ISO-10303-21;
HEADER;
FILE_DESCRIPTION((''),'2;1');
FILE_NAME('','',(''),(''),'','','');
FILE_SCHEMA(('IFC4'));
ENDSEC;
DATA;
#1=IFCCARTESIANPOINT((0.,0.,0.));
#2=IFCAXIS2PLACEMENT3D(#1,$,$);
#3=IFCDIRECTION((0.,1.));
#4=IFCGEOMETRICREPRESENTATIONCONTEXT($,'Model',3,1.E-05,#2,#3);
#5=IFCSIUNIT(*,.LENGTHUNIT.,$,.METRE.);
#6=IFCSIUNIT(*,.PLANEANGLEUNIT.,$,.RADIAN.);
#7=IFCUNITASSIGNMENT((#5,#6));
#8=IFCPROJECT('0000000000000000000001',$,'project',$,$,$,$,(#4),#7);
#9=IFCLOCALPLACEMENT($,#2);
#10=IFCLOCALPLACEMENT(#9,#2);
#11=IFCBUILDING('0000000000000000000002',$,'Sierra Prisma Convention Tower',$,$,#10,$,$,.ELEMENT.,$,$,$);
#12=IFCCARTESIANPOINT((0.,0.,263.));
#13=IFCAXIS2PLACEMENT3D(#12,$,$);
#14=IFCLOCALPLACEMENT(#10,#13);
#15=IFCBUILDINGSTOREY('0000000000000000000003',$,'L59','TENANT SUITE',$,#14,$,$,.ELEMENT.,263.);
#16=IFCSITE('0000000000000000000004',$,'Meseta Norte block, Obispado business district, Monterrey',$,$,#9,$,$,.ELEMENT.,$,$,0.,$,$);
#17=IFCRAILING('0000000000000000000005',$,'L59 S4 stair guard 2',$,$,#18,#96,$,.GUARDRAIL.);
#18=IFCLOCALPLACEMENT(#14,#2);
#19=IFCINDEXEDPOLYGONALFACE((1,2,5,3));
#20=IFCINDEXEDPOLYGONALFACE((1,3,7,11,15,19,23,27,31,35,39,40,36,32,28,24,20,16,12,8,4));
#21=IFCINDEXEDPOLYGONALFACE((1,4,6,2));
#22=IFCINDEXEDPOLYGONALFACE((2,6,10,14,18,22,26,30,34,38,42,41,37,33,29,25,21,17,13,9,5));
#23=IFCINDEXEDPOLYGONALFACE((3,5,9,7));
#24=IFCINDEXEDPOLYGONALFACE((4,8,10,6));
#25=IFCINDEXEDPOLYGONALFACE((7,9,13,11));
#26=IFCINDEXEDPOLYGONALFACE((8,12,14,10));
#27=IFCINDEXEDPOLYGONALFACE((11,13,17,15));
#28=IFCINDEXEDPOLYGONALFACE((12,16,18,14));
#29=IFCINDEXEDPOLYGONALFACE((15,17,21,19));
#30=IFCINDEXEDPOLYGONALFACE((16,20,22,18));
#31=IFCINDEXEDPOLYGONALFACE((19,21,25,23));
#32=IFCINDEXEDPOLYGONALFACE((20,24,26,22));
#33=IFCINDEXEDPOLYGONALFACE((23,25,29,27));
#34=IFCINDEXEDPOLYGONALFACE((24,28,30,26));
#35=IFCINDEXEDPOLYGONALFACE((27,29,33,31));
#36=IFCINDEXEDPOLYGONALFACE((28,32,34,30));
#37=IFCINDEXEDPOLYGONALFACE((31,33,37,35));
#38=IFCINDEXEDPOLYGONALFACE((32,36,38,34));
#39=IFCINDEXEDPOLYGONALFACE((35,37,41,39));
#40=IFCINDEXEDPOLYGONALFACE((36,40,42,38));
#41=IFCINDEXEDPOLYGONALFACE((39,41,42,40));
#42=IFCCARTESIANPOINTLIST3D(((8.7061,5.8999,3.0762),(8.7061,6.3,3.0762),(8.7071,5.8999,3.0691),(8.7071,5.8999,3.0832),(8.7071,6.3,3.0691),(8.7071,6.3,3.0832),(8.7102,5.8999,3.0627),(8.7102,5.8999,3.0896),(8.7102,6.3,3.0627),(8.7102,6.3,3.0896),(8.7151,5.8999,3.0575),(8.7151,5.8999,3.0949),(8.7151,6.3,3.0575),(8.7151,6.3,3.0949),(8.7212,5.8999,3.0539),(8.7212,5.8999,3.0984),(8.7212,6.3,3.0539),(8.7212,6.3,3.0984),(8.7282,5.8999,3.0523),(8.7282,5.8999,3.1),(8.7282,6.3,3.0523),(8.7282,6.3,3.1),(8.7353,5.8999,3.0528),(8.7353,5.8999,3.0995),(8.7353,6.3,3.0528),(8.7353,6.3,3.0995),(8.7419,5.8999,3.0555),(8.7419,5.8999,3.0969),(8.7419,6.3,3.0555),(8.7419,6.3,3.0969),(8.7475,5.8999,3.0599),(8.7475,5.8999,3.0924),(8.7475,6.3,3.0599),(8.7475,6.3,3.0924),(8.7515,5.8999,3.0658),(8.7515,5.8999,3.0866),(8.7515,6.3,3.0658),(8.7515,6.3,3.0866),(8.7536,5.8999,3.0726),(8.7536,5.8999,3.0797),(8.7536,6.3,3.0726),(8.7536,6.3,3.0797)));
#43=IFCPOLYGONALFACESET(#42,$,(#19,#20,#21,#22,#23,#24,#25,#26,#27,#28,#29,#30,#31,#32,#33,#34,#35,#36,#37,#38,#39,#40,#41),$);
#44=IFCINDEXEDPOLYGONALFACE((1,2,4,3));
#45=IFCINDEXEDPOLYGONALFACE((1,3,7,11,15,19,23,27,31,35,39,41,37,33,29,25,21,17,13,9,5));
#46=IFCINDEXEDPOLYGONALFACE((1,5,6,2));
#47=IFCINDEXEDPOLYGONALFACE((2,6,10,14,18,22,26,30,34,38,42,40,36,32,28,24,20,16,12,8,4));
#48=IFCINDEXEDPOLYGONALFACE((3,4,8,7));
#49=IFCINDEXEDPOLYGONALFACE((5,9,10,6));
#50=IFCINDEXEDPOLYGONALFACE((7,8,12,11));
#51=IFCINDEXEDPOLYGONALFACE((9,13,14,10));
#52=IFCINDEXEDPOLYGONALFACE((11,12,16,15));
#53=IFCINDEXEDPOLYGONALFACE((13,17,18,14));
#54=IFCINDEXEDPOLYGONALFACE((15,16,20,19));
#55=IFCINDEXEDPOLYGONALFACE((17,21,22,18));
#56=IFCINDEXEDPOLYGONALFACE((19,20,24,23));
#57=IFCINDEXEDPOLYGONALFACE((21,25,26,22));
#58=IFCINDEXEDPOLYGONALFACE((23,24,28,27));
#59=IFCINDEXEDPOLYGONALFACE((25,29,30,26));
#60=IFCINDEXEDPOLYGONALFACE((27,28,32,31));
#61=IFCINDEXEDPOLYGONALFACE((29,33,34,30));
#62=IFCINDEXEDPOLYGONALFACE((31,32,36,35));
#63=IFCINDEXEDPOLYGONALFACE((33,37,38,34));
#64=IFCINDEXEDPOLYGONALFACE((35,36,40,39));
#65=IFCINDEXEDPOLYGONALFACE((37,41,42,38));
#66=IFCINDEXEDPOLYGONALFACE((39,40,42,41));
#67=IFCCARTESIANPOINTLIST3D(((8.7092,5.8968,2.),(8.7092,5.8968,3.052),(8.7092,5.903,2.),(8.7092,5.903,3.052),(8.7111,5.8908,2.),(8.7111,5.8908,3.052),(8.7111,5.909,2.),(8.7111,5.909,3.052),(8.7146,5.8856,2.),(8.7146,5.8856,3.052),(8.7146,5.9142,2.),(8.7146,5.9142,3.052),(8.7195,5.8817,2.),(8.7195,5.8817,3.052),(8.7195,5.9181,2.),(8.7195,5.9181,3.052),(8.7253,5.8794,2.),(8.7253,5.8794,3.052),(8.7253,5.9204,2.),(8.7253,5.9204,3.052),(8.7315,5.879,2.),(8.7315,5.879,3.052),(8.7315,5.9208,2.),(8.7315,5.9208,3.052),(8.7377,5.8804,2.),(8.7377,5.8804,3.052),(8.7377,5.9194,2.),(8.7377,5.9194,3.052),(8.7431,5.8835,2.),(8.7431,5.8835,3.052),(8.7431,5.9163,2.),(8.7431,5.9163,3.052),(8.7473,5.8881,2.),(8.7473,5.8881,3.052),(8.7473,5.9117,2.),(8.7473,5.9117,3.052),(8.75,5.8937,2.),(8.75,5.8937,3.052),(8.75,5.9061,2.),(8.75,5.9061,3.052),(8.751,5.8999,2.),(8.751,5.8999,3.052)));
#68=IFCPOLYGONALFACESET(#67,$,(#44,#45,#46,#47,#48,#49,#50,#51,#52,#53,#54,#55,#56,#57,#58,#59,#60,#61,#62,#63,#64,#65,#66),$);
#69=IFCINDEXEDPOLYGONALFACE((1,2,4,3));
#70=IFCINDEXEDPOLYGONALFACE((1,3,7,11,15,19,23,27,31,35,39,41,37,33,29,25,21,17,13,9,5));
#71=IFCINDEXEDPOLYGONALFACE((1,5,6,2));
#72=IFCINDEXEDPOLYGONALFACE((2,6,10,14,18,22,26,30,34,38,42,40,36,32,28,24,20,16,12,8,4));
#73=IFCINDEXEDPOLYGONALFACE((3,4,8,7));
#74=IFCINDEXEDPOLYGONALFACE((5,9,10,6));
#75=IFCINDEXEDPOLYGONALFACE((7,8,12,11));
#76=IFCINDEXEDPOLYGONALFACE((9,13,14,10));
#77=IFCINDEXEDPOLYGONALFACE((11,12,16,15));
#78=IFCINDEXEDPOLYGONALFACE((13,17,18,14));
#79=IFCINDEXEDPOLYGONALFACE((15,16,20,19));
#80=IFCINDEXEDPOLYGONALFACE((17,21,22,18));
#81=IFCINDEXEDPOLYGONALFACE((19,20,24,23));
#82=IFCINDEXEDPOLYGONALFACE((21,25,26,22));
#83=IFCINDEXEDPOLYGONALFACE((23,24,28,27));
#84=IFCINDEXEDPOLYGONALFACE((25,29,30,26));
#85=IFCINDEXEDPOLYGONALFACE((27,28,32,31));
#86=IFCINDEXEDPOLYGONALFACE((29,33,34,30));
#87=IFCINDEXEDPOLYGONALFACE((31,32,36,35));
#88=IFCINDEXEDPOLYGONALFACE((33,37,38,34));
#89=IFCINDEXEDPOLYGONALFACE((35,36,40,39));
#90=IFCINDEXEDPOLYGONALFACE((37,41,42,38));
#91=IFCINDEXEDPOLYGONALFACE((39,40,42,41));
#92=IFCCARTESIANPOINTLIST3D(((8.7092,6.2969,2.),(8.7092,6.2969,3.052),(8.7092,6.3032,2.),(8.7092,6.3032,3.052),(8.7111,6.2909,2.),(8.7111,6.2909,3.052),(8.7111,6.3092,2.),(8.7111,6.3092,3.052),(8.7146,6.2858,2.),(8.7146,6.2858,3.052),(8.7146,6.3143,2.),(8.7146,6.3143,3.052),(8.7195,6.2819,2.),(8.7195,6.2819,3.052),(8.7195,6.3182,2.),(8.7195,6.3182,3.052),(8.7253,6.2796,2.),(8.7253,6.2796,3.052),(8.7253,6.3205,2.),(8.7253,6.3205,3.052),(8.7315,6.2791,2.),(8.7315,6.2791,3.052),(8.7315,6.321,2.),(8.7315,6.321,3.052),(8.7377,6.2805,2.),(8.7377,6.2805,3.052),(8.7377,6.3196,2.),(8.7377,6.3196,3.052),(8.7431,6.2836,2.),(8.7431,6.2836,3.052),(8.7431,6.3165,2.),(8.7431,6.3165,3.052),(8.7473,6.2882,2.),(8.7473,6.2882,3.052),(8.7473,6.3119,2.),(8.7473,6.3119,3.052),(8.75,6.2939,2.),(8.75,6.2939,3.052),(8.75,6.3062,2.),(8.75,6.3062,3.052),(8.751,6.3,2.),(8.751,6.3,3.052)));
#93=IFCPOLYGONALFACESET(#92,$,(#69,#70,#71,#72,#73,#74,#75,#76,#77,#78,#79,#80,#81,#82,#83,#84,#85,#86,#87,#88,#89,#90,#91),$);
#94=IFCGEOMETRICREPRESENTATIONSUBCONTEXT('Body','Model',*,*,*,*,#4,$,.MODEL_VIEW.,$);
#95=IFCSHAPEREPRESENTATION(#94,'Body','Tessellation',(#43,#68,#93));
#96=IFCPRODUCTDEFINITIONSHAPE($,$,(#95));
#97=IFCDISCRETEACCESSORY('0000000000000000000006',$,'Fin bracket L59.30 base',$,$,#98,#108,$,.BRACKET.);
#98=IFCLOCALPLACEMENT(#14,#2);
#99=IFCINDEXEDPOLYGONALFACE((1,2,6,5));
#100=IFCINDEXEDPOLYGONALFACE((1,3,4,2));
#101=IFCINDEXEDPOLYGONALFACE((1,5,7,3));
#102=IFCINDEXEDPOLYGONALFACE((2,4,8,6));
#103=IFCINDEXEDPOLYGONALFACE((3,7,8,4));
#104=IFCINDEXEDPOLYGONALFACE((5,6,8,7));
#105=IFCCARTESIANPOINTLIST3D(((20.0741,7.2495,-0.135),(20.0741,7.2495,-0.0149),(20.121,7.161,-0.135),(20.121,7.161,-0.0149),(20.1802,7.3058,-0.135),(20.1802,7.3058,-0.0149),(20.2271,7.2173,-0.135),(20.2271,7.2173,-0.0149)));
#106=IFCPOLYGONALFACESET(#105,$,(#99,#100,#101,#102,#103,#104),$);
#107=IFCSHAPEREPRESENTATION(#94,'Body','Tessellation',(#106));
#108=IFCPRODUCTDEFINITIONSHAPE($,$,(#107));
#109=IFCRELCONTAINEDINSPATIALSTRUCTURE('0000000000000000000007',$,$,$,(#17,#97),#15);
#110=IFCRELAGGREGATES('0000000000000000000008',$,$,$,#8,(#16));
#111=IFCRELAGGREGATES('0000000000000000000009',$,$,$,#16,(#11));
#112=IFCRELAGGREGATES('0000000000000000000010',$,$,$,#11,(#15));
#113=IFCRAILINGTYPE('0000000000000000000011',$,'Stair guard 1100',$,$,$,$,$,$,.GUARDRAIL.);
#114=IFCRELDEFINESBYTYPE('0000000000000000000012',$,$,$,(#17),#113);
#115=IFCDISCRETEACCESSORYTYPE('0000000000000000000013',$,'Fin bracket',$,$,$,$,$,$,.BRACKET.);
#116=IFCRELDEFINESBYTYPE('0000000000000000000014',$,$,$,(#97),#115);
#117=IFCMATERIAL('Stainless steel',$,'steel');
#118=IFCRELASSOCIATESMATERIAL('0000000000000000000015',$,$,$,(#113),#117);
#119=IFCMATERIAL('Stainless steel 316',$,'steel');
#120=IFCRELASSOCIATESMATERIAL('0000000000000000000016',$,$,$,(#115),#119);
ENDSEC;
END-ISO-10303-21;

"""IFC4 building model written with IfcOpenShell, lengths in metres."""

from ifc_helpers import new_model, si_unit, direction, frame, origin, origin_2d, place, context, subcontext, project, spatial, rectangle, circle, extrude, material, type_object, element, save


model = new_model("IFC4")

# Units and contexts
model_context = context("Model", 3, precision=1e-05, world=origin(), true_north=direction((0.0, 1.0)))
body_context = subcontext(model_context, "Body", "Model", "MODEL_VIEW")
ifc_project = project(units=[si_unit("LENGTHUNIT", "METRE"), si_unit("PLANEANGLEUNIT", "RADIAN")], contexts=[model_context])

# Site, building, storey
site_placement = place(None, origin())
site = spatial("IfcSite", under=ifc_project, at=site_placement, Name="Meseta Norte block, Obispado business district, Monterrey", CompositionType="ELEMENT", RefElevation=0.0)
building_placement = place(site_placement, origin())
building = spatial("IfcBuilding", under=site, at=building_placement, Name="Sierra Prisma Convention Tower", CompositionType="ELEMENT")
storey_placement = place(building_placement, frame((0.0, 0.0, 263.0)))
storey = spatial("IfcBuildingStorey", under=building, at=storey_placement, Name="L59", Description="TENANT SUITE", CompositionType="ELEMENT", Elevation=263.0)

# Railing
ifc_material_1 = material(Name="Stainless steel", Category="steel")
railing_type = type_object("IfcRailingType", Name="Stair guard 1100", PredefinedType="GUARDRAIL", material=ifc_material_1)
railing_placement = place(storey_placement, frame((8.73, 5.8999, 2.0)))
element("IfcRailing", 1, at=railing_placement, inside=storey, type_object=railing_type, Name="L59 S4 stair guard 2", PredefinedType="GUARDRAIL", context=body_context, shape_type="SweptSolid", body=[
    extrude(circle(Radius=0.0239, at=origin_2d()), frame((0.0, 0.0, 1.0762), z_axis=(0.0, 1.0, 0.0), x_axis=(-1.0, 0.0, 0.0)), (0.0, 0.0, 1.0), 0.4001),
    extrude(circle(Radius=0.021, at=origin_2d()), origin(), (0.0, 0.0, 1.0), 1.052),
    extrude(circle(Radius=0.021, at=origin_2d()), frame((0.0, 0.4001, 0.0)), (0.0, 0.0, 1.0), 1.052),
])

# Discrete accessory
ifc_material_2 = material(Name="Stainless steel 316", Category="steel")
discrete_accessory_type = type_object("IfcDiscreteAccessoryType", Name="Fin bracket", PredefinedType="BRACKET", material=ifc_material_2)
discrete_accessory_placement = place(storey_placement, frame((20.1506, 7.2334, -0.135), z_axis=(0.0, 0.0, 1.0), x_axis=(0.883343, 0.468728, 0.0)))
element("IfcDiscreteAccessory", 2, at=discrete_accessory_placement, inside=storey, type_object=discrete_accessory_type, Name="Fin bracket L59.30 base", PredefinedType="BRACKET", context=body_context, shape_type="SweptSolid", body=[
    extrude(rectangle(XDim=0.1201, YDim=0.1001, at=origin_2d()), origin(), (0.0, 0.0, 1.0), 0.1201),
])

save(model, "model.ifc")
